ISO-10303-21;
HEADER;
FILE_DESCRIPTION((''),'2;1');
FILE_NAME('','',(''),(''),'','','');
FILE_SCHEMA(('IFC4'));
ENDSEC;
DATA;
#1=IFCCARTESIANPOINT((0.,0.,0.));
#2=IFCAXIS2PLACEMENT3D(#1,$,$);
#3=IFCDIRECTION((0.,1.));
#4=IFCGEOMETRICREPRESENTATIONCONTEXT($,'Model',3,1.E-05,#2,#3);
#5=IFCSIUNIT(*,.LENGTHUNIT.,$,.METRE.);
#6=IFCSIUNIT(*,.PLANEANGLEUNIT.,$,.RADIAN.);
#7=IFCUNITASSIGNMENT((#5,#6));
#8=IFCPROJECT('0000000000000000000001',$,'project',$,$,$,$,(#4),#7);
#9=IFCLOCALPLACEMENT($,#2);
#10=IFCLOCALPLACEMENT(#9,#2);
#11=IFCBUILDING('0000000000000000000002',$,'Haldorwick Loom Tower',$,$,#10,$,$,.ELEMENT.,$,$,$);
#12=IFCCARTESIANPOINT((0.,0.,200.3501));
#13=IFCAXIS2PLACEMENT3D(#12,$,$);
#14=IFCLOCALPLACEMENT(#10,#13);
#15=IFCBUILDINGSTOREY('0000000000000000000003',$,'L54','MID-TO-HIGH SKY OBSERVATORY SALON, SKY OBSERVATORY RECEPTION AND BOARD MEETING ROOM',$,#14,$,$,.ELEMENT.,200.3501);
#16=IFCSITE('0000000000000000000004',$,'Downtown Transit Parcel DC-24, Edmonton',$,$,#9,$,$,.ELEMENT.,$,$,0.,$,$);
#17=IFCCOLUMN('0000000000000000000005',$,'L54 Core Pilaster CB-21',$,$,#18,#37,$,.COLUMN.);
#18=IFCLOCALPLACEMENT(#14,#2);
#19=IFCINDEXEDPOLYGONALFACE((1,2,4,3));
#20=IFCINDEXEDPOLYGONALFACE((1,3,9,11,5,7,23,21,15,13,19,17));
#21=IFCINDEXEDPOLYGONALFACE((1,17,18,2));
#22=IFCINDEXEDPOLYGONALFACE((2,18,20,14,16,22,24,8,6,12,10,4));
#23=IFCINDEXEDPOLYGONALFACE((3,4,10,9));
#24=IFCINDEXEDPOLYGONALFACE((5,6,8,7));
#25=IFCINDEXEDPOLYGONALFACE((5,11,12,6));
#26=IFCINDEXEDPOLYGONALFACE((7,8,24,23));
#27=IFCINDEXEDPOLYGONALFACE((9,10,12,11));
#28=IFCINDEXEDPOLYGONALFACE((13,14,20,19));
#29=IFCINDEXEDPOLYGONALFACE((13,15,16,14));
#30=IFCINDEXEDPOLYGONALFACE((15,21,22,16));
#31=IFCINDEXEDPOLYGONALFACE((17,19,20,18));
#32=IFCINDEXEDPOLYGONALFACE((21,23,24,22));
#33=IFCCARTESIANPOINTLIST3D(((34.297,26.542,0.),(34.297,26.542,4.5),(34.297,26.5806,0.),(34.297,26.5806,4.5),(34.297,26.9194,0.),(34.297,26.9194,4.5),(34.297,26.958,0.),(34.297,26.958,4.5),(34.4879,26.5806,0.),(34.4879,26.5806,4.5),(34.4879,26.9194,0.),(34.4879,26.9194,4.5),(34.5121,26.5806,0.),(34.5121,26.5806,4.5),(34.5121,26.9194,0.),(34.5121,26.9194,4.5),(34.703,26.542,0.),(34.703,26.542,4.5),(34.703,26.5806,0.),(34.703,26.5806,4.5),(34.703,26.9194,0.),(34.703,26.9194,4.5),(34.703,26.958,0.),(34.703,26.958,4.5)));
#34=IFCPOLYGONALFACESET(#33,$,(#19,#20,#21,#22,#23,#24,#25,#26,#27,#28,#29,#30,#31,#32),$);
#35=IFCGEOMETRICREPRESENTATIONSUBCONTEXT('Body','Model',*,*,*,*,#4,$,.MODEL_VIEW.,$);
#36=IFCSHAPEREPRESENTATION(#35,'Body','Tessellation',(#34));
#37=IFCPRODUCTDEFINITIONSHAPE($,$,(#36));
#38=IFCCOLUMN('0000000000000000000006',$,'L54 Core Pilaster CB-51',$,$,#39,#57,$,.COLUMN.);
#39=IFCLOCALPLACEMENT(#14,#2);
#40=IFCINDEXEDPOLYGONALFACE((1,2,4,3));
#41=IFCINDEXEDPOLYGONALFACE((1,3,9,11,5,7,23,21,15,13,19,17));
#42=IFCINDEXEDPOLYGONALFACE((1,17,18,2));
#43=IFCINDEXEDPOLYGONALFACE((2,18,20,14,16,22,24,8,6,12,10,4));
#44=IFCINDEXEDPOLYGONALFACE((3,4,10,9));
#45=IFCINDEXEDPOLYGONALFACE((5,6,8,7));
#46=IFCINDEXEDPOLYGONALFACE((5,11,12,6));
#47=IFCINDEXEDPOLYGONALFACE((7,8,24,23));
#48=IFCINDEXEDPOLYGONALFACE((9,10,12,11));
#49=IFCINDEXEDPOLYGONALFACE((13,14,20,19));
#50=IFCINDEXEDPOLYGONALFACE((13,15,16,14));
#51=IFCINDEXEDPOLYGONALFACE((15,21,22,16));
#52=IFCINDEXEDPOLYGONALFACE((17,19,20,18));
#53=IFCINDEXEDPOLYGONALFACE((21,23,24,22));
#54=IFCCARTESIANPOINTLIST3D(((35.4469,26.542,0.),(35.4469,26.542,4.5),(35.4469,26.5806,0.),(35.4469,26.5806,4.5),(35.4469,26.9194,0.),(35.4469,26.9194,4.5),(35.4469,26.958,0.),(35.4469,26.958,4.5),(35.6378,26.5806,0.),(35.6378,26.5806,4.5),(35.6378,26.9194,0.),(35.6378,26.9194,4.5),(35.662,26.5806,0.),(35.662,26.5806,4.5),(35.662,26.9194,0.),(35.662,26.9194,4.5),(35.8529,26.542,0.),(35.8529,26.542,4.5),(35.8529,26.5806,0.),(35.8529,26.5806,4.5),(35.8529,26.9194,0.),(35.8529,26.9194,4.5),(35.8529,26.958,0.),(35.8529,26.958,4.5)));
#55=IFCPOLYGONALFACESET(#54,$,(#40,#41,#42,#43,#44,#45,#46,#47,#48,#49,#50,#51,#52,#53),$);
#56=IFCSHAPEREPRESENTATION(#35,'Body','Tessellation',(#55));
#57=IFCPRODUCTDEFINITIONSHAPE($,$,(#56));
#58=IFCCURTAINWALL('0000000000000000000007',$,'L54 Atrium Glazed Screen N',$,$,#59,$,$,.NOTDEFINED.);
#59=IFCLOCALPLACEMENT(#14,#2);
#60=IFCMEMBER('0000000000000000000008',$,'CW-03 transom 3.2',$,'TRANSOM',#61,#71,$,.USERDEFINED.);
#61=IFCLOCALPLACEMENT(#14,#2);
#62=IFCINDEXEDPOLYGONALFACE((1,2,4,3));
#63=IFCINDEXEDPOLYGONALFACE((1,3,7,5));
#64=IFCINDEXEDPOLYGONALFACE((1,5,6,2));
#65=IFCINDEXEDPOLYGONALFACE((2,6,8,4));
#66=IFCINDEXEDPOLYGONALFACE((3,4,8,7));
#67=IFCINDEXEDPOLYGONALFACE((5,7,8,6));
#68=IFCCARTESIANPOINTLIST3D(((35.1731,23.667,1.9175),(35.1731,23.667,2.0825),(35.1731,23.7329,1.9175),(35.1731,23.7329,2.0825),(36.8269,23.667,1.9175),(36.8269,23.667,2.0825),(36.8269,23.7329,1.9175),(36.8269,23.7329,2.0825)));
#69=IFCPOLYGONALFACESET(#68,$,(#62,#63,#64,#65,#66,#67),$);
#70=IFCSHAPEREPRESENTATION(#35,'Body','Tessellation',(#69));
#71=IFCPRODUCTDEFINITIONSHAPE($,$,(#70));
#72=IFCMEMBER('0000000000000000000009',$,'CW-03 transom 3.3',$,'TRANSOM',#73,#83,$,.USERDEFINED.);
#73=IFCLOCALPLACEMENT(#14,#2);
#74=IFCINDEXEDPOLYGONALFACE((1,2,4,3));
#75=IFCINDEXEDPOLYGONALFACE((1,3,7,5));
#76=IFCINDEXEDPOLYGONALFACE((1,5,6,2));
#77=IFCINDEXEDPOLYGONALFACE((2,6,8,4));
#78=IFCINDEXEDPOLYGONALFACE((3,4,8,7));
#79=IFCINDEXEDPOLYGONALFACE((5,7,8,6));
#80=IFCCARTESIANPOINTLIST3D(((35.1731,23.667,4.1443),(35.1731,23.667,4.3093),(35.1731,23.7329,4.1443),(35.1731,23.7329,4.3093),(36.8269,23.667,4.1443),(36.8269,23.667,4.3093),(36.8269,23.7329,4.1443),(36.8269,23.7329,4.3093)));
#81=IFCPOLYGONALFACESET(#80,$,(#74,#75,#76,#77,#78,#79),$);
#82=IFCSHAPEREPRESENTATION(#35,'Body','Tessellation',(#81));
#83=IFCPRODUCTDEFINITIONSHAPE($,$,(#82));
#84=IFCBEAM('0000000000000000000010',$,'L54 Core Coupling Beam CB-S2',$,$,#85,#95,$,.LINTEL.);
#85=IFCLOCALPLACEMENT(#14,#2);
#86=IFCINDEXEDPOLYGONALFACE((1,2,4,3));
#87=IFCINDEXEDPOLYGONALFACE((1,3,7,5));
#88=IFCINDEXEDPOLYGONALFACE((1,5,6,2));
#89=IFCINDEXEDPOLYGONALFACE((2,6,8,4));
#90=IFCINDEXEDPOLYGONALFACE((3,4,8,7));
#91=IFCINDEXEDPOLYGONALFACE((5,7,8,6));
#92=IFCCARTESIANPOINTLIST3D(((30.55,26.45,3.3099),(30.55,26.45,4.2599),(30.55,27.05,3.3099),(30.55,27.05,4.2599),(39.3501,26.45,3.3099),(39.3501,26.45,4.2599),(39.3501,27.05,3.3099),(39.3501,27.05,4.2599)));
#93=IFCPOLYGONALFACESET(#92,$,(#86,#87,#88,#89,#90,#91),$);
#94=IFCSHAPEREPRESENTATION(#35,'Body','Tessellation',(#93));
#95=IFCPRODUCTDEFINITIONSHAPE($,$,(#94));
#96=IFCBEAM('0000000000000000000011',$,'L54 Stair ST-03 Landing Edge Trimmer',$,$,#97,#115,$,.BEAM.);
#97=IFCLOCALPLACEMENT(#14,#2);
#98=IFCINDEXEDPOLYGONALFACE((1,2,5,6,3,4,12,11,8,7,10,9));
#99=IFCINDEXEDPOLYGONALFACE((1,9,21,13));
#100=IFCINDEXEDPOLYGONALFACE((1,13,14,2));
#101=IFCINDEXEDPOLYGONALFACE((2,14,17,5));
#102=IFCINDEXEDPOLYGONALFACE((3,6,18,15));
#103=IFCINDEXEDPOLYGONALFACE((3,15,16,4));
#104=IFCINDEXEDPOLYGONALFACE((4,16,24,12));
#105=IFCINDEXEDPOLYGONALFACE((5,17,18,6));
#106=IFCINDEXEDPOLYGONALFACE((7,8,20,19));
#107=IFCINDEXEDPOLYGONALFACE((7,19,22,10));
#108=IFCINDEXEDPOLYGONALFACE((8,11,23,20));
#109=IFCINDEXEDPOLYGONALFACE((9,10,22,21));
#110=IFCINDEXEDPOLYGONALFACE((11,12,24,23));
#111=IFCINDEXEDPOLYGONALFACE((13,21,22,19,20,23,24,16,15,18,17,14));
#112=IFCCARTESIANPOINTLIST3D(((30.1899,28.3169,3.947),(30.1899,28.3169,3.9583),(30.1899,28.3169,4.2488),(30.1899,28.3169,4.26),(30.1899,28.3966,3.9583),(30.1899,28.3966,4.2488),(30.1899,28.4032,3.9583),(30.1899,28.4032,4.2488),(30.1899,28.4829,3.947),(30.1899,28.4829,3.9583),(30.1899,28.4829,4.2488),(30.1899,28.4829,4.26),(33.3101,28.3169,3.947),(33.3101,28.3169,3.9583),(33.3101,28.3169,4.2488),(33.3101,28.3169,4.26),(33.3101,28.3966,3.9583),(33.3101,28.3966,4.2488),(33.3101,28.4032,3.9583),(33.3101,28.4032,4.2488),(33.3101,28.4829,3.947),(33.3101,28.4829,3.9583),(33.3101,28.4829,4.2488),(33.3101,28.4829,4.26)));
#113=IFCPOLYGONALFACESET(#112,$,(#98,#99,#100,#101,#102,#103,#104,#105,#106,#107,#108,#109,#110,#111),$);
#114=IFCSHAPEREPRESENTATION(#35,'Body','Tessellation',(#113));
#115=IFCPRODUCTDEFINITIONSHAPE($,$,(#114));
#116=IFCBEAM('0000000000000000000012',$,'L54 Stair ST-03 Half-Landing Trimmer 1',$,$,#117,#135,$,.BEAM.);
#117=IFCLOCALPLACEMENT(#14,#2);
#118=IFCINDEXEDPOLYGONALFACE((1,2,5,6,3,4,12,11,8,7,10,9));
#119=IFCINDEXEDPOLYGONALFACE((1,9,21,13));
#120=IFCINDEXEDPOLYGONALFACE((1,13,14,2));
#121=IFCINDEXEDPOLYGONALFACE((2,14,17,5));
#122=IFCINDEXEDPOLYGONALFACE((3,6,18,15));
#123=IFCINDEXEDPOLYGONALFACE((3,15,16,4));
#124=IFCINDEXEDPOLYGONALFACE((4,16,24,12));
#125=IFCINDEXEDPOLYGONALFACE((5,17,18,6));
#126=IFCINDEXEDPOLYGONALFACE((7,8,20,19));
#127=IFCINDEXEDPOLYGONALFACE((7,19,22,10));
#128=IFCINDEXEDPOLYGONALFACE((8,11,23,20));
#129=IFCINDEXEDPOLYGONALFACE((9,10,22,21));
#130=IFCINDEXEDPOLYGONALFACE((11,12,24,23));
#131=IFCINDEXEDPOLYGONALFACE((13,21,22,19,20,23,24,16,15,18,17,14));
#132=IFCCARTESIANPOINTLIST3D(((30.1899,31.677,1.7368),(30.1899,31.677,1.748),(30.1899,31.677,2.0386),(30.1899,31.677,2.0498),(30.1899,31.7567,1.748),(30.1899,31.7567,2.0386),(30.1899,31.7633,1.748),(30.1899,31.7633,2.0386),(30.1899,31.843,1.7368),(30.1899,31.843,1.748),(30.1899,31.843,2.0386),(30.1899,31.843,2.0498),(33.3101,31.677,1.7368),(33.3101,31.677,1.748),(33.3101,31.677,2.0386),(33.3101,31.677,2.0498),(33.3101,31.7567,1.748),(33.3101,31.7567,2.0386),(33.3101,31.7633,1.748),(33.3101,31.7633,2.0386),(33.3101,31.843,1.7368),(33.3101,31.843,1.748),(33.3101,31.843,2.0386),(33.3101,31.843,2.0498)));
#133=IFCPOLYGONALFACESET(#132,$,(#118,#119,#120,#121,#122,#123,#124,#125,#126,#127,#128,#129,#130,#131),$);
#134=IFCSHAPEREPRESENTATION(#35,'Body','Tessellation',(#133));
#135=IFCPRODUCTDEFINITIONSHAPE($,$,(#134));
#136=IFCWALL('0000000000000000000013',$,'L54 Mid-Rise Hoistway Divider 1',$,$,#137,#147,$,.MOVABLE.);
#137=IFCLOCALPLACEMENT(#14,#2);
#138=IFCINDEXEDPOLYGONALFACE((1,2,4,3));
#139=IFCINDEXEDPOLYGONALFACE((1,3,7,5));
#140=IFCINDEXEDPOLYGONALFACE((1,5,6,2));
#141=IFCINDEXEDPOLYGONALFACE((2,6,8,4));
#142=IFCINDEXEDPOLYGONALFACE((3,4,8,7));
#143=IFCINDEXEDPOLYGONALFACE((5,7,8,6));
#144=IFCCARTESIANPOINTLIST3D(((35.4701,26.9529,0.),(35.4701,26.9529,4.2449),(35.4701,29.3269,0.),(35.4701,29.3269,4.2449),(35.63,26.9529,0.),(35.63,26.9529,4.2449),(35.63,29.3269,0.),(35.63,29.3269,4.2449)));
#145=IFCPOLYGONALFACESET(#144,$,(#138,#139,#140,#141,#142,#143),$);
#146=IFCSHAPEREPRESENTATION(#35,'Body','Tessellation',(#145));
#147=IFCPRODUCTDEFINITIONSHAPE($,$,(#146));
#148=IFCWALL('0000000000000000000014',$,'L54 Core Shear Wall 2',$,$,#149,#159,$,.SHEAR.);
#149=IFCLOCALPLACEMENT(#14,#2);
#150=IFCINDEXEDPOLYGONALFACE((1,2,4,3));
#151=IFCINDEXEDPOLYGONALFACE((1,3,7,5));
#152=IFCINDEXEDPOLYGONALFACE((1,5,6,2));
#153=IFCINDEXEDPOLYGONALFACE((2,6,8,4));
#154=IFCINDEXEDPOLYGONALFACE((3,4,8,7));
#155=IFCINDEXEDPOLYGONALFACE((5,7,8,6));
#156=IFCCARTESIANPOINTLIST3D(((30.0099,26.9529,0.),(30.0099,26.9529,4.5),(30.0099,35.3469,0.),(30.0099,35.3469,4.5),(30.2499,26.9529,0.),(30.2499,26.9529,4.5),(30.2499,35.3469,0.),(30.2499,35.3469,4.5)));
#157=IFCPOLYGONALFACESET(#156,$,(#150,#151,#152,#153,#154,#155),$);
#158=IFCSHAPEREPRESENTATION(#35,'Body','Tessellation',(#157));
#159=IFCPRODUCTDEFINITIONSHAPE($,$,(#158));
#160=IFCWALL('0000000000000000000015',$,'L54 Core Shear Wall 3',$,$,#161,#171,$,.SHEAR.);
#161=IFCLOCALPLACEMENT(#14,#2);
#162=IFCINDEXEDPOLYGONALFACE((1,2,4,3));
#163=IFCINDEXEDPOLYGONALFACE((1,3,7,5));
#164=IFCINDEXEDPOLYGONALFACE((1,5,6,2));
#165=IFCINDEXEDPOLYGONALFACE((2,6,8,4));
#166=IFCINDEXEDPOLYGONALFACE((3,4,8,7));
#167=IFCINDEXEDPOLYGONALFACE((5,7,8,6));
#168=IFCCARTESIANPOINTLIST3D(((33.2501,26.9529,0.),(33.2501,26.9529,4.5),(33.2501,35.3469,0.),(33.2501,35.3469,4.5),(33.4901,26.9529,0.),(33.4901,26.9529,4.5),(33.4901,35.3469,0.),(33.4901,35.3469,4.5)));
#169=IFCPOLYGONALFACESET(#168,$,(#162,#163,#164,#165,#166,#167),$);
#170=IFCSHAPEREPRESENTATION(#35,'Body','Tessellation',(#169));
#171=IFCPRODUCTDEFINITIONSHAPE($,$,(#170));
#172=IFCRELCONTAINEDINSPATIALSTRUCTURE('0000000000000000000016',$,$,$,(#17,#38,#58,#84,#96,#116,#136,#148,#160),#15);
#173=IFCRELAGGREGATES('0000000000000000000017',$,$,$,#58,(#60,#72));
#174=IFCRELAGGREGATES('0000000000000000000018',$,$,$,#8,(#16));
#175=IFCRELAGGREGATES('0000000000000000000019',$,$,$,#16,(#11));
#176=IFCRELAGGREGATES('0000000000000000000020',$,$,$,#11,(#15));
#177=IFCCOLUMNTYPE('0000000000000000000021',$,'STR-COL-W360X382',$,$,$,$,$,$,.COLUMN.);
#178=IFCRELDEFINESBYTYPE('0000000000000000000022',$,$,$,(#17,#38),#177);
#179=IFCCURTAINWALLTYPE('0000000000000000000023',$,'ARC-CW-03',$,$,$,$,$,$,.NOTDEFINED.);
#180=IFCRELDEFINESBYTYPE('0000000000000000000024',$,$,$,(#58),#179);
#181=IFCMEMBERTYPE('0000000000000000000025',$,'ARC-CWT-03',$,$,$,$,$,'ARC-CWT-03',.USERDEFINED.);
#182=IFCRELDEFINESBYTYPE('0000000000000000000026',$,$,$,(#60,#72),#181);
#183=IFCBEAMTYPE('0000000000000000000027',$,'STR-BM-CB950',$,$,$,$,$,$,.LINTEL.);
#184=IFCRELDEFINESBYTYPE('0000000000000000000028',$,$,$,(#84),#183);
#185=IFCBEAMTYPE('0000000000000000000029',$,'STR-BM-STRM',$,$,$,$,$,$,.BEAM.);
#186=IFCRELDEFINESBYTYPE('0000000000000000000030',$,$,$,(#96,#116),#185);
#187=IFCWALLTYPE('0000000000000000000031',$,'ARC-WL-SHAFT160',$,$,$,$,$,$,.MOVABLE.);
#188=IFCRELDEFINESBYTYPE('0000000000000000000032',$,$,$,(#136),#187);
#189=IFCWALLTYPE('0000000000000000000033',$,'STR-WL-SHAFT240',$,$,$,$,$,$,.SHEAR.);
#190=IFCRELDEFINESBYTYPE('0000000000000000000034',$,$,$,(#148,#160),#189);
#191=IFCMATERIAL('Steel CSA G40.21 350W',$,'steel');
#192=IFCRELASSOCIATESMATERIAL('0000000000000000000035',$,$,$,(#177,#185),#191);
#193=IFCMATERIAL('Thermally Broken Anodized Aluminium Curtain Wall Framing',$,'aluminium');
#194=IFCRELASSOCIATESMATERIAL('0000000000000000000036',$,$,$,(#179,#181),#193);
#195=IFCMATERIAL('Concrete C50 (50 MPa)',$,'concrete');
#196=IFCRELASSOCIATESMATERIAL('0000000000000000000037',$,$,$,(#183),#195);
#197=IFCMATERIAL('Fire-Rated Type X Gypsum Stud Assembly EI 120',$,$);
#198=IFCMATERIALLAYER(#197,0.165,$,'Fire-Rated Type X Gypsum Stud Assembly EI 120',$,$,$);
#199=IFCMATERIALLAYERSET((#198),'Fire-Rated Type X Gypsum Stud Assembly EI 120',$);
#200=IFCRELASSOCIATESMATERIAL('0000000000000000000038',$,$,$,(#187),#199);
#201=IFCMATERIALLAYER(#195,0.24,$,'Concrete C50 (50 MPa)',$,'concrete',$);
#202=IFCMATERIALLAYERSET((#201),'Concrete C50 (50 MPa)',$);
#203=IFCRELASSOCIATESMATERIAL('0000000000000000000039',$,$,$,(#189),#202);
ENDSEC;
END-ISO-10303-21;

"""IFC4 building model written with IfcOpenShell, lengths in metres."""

from ifc_helpers import new_model, si_unit, direction, frame, frame_2d, origin, origin_2d, place, context, subcontext, project, spatial, rectangle, i_section, extrude, material, layer, layer_set, material_profile, profile_set, type_object, element, aggregate, save


model = new_model("IFC4")

# Units and contexts
model_context = context("Model", 3, precision=1e-05, world=origin(), true_north=direction((0.0, 1.0)))
body_context = subcontext(model_context, "Body", "Model", "MODEL_VIEW")
ifc_project = project(units=[si_unit("LENGTHUNIT", "METRE"), si_unit("PLANEANGLEUNIT", "RADIAN")], contexts=[model_context])

# Site, building, storey
site_placement = place(None, origin())
site = spatial("IfcSite", under=ifc_project, at=site_placement, Name="Downtown Transit Parcel DC-24, Edmonton", CompositionType="ELEMENT", RefElevation=0.0)
building_placement = place(site_placement, origin())
building = spatial("IfcBuilding", under=site, at=building_placement, Name="Haldorwick Loom Tower", CompositionType="ELEMENT")
storey_placement = place(building_placement, frame((0.0, 0.0, 200.3501)))
storey = spatial("IfcBuildingStorey", under=building, at=storey_placement, Name="L54", Description="MID-TO-HIGH SKY OBSERVATORY SALON, SKY OBSERVATORY RECEPTION AND BOARD MEETING ROOM", CompositionType="ELEMENT", Elevation=200.3501)

# Columns
ifc_material_1 = material(Name="Steel CSA G40.21 350W", Category="steel")
ifc_material_profile_1 = material_profile(ifc_material_1, i_section(OverallWidth=0.406, OverallDepth=0.416, WebThickness=0.0242, FlangeThickness=0.0386, at=origin_2d()), Name="W360X382", Category="steel")
ifc_profile_set_1 = profile_set([ifc_material_profile_1], Name="Steel CSA G40.21 350W")
column_type = type_object("IfcColumnType", Name="STR-COL-W360X382", PredefinedType="COLUMN", material=ifc_profile_set_1)
for number, where, z_axis, x_axis, name in (
    (1, (34.5, 26.75, 0.0), (0.0, 0.0, 1.0), (1.0, 0.0, 0.0), "L54 Core Pilaster CB-21"),
    (2, (35.6499, 26.75, 0.0), (0.0, 0.0, 1.0), (1.0, 0.0, 0.0), "L54 Core Pilaster CB-51"),
):
    element("IfcColumn", number, at=place(storey_placement, frame(where, z_axis=z_axis, x_axis=x_axis)), inside=storey, type_object=column_type, Name=name, PredefinedType="COLUMN", context=body_context, shape_type="SweptSolid", body=[
        extrude(i_section(OverallWidth=0.406, OverallDepth=0.416, WebThickness=0.0242, FlangeThickness=0.0386, at=origin_2d()), origin(), (0.0, 0.0, 1.0), 4.5),
    ])

# Curtain wall, members
ifc_material_2 = material(Name="Thermally Broken Anodized Aluminium Curtain Wall Framing", Category="aluminium")
curtain_wall_type = type_object("IfcCurtainWallType", Name="ARC-CW-03", PredefinedType="NOTDEFINED", material=ifc_material_2)
curtain_wall_placement = place(storey_placement, origin())
curtain_wall = element("IfcCurtainWall", 3, at=curtain_wall_placement, inside=storey, type_object=curtain_wall_type, Name="L54 Atrium Glazed Screen N", PredefinedType="NOTDEFINED")
ifc_material_profile_2 = material_profile(ifc_material_2, rectangle(XDim=0.0659, YDim=0.165, at=origin_2d()), Name="ALU_TRN_66X165", Category="aluminium")
ifc_profile_set_2 = profile_set([ifc_material_profile_2], Name="Thermally Broken Anodized Aluminium Curtain Wall Framing")
member_type = type_object("IfcMemberType", Name="ARC-CWT-03", ElementType="ARC-CWT-03", PredefinedType="USERDEFINED", material=ifc_profile_set_2)
member_1_placement = place(storey_placement, frame((35.1731, 23.7, 2.0), z_axis=(1.0, 0.0, 0.0), x_axis=(0.0, 1.0, 0.0)))
member_1 = element("IfcMember", 4, at=member_1_placement, type_object=member_type, Name="CW-03 transom 3.2", ObjectType="TRANSOM", PredefinedType="USERDEFINED", context=body_context, shape_type="SweptSolid", body=[
    extrude(rectangle(XDim=0.0659, YDim=0.165, at=origin_2d()), origin(), (0.0, 0.0, 1.0), 1.6538),
])
member_2_placement = place(storey_placement, frame((35.1731, 23.7, 4.2268), z_axis=(1.0, 0.0, 0.0), x_axis=(0.0, 1.0, 0.0)))
member_2 = element("IfcMember", 5, at=member_2_placement, type_object=member_type, Name="CW-03 transom 3.3", ObjectType="TRANSOM", PredefinedType="USERDEFINED", context=body_context, shape_type="SweptSolid", body=[
    extrude(rectangle(XDim=0.0659, YDim=0.165, at=origin_2d()), origin(), (0.0, 0.0, 1.0), 1.6538),
])
aggregate(curtain_wall, [member_1, member_2])

# Beams
ifc_material_3 = material(Name="Concrete C50 (50 MPa)", Category="concrete")
ifc_material_profile_3 = material_profile(ifc_material_3, rectangle(XDim=0.6001, YDim=0.95, at=origin_2d()), Name="RC600X950", Category="concrete")
ifc_profile_set_3 = profile_set([ifc_material_profile_3], Name="Concrete C50 (50 MPa)")
beam_type_1 = type_object("IfcBeamType", Name="STR-BM-CB950", PredefinedType="LINTEL", material=ifc_profile_set_3)
beam_placement = place(storey_placement, frame((30.55, 26.75, 3.7849), z_axis=(1.0, 0.0, 0.0), x_axis=(0.0, 1.0, 0.0)))
element("IfcBeam", 6, at=beam_placement, inside=storey, type_object=beam_type_1, Name="L54 Core Coupling Beam CB-S2", PredefinedType="LINTEL", context=body_context, shape_type="SweptSolid", body=[
    extrude(rectangle(XDim=0.6001, YDim=0.95, at=origin_2d()), origin(), (0.0, 0.0, 1.0), 8.8),
])
ifc_material_profile_4 = material_profile(ifc_material_1, i_section(OverallWidth=0.166, OverallDepth=0.313, WebThickness=0.0066, FlangeThickness=0.0112, at=origin_2d()), Name="W310X45", Category="steel")
ifc_profile_set_4 = profile_set([ifc_material_profile_4], Name="Steel CSA G40.21 350W")
beam_type_2 = type_object("IfcBeamType", Name="STR-BM-STRM", PredefinedType="BEAM", material=ifc_profile_set_4)
for number, where, z_axis, x_axis, name in (
    (7, (30.1899, 28.3999, 4.1035), (1.0, 0.0, 0.0), (0.0, 1.0, 0.0), "L54 Stair ST-03 Landing Edge Trimmer"),
    (8, (30.1899, 31.76, 1.8933), (1.0, 0.0, 0.0), (0.0, 1.0, 0.0), "L54 Stair ST-03 Half-Landing Trimmer 1"),
):
    element("IfcBeam", number, at=place(storey_placement, frame(where, z_axis=z_axis, x_axis=x_axis)), inside=storey, type_object=beam_type_2, Name=name, PredefinedType="BEAM", context=body_context, shape_type="SweptSolid", body=[
        extrude(i_section(OverallWidth=0.166, OverallDepth=0.313, WebThickness=0.0066, FlangeThickness=0.0112, at=origin_2d()), origin(), (0.0, 0.0, 1.0), 3.1201),
    ])

# Walls
ifc_material_4 = material(Name="Fire-Rated Type X Gypsum Stud Assembly EI 120")
ifc_layer_1 = layer(ifc_material_4, 0.165, Name="Fire-Rated Type X Gypsum Stud Assembly EI 120")
ifc_layer_set_1 = layer_set([ifc_layer_1], Name="Fire-Rated Type X Gypsum Stud Assembly EI 120")
wall_type_1 = type_object("IfcWallType", Name="ARC-WL-SHAFT160", PredefinedType="MOVABLE", material=ifc_layer_set_1)
wall_1_placement = place(storey_placement, frame((35.55, 26.9529, 0.0), z_axis=(0.0, 0.0, 1.0), x_axis=(0.0, 1.0, 0.0)))
element("IfcWall", 9, at=wall_1_placement, inside=storey, type_object=wall_type_1, Name="L54 Mid-Rise Hoistway Divider 1", PredefinedType="MOVABLE", context=body_context, shape_type="SweptSolid", body=[
    extrude(rectangle(XDim=2.374, YDim=0.1599, at=frame_2d((1.187, 0.0))), origin(), (0.0, 0.0, 1.0), 4.2449),
])
ifc_layer_2 = layer(ifc_material_3, 0.24, Name="Concrete C50 (50 MPa)", Category="concrete")
ifc_layer_set_2 = layer_set([ifc_layer_2], Name="Concrete C50 (50 MPa)")
wall_type_2 = type_object("IfcWallType", Name="STR-WL-SHAFT240", PredefinedType="SHEAR", material=ifc_layer_set_2)
for number, where, z_axis, x_axis, name in (
    (10, (30.1299, 26.9529, 0.0), (0.0, 0.0, 1.0), (0.0, 1.0, 0.0), "L54 Core Shear Wall 2"),
    (11, (33.3701, 26.9529, 0.0), (0.0, 0.0, 1.0), (0.0, 1.0, 0.0), "L54 Core Shear Wall 3"),
):
    element("IfcWall", number, at=place(storey_placement, frame(where, z_axis=z_axis, x_axis=x_axis)), inside=storey, type_object=wall_type_2, Name=name, PredefinedType="SHEAR", context=body_context, shape_type="SweptSolid", body=[
        extrude(rectangle(XDim=8.394, YDim=0.24, at=frame_2d((4.197, 0.0))), origin(), (0.0, 0.0, 1.0), 4.5),
    ])

save(model, "model.ifc")
